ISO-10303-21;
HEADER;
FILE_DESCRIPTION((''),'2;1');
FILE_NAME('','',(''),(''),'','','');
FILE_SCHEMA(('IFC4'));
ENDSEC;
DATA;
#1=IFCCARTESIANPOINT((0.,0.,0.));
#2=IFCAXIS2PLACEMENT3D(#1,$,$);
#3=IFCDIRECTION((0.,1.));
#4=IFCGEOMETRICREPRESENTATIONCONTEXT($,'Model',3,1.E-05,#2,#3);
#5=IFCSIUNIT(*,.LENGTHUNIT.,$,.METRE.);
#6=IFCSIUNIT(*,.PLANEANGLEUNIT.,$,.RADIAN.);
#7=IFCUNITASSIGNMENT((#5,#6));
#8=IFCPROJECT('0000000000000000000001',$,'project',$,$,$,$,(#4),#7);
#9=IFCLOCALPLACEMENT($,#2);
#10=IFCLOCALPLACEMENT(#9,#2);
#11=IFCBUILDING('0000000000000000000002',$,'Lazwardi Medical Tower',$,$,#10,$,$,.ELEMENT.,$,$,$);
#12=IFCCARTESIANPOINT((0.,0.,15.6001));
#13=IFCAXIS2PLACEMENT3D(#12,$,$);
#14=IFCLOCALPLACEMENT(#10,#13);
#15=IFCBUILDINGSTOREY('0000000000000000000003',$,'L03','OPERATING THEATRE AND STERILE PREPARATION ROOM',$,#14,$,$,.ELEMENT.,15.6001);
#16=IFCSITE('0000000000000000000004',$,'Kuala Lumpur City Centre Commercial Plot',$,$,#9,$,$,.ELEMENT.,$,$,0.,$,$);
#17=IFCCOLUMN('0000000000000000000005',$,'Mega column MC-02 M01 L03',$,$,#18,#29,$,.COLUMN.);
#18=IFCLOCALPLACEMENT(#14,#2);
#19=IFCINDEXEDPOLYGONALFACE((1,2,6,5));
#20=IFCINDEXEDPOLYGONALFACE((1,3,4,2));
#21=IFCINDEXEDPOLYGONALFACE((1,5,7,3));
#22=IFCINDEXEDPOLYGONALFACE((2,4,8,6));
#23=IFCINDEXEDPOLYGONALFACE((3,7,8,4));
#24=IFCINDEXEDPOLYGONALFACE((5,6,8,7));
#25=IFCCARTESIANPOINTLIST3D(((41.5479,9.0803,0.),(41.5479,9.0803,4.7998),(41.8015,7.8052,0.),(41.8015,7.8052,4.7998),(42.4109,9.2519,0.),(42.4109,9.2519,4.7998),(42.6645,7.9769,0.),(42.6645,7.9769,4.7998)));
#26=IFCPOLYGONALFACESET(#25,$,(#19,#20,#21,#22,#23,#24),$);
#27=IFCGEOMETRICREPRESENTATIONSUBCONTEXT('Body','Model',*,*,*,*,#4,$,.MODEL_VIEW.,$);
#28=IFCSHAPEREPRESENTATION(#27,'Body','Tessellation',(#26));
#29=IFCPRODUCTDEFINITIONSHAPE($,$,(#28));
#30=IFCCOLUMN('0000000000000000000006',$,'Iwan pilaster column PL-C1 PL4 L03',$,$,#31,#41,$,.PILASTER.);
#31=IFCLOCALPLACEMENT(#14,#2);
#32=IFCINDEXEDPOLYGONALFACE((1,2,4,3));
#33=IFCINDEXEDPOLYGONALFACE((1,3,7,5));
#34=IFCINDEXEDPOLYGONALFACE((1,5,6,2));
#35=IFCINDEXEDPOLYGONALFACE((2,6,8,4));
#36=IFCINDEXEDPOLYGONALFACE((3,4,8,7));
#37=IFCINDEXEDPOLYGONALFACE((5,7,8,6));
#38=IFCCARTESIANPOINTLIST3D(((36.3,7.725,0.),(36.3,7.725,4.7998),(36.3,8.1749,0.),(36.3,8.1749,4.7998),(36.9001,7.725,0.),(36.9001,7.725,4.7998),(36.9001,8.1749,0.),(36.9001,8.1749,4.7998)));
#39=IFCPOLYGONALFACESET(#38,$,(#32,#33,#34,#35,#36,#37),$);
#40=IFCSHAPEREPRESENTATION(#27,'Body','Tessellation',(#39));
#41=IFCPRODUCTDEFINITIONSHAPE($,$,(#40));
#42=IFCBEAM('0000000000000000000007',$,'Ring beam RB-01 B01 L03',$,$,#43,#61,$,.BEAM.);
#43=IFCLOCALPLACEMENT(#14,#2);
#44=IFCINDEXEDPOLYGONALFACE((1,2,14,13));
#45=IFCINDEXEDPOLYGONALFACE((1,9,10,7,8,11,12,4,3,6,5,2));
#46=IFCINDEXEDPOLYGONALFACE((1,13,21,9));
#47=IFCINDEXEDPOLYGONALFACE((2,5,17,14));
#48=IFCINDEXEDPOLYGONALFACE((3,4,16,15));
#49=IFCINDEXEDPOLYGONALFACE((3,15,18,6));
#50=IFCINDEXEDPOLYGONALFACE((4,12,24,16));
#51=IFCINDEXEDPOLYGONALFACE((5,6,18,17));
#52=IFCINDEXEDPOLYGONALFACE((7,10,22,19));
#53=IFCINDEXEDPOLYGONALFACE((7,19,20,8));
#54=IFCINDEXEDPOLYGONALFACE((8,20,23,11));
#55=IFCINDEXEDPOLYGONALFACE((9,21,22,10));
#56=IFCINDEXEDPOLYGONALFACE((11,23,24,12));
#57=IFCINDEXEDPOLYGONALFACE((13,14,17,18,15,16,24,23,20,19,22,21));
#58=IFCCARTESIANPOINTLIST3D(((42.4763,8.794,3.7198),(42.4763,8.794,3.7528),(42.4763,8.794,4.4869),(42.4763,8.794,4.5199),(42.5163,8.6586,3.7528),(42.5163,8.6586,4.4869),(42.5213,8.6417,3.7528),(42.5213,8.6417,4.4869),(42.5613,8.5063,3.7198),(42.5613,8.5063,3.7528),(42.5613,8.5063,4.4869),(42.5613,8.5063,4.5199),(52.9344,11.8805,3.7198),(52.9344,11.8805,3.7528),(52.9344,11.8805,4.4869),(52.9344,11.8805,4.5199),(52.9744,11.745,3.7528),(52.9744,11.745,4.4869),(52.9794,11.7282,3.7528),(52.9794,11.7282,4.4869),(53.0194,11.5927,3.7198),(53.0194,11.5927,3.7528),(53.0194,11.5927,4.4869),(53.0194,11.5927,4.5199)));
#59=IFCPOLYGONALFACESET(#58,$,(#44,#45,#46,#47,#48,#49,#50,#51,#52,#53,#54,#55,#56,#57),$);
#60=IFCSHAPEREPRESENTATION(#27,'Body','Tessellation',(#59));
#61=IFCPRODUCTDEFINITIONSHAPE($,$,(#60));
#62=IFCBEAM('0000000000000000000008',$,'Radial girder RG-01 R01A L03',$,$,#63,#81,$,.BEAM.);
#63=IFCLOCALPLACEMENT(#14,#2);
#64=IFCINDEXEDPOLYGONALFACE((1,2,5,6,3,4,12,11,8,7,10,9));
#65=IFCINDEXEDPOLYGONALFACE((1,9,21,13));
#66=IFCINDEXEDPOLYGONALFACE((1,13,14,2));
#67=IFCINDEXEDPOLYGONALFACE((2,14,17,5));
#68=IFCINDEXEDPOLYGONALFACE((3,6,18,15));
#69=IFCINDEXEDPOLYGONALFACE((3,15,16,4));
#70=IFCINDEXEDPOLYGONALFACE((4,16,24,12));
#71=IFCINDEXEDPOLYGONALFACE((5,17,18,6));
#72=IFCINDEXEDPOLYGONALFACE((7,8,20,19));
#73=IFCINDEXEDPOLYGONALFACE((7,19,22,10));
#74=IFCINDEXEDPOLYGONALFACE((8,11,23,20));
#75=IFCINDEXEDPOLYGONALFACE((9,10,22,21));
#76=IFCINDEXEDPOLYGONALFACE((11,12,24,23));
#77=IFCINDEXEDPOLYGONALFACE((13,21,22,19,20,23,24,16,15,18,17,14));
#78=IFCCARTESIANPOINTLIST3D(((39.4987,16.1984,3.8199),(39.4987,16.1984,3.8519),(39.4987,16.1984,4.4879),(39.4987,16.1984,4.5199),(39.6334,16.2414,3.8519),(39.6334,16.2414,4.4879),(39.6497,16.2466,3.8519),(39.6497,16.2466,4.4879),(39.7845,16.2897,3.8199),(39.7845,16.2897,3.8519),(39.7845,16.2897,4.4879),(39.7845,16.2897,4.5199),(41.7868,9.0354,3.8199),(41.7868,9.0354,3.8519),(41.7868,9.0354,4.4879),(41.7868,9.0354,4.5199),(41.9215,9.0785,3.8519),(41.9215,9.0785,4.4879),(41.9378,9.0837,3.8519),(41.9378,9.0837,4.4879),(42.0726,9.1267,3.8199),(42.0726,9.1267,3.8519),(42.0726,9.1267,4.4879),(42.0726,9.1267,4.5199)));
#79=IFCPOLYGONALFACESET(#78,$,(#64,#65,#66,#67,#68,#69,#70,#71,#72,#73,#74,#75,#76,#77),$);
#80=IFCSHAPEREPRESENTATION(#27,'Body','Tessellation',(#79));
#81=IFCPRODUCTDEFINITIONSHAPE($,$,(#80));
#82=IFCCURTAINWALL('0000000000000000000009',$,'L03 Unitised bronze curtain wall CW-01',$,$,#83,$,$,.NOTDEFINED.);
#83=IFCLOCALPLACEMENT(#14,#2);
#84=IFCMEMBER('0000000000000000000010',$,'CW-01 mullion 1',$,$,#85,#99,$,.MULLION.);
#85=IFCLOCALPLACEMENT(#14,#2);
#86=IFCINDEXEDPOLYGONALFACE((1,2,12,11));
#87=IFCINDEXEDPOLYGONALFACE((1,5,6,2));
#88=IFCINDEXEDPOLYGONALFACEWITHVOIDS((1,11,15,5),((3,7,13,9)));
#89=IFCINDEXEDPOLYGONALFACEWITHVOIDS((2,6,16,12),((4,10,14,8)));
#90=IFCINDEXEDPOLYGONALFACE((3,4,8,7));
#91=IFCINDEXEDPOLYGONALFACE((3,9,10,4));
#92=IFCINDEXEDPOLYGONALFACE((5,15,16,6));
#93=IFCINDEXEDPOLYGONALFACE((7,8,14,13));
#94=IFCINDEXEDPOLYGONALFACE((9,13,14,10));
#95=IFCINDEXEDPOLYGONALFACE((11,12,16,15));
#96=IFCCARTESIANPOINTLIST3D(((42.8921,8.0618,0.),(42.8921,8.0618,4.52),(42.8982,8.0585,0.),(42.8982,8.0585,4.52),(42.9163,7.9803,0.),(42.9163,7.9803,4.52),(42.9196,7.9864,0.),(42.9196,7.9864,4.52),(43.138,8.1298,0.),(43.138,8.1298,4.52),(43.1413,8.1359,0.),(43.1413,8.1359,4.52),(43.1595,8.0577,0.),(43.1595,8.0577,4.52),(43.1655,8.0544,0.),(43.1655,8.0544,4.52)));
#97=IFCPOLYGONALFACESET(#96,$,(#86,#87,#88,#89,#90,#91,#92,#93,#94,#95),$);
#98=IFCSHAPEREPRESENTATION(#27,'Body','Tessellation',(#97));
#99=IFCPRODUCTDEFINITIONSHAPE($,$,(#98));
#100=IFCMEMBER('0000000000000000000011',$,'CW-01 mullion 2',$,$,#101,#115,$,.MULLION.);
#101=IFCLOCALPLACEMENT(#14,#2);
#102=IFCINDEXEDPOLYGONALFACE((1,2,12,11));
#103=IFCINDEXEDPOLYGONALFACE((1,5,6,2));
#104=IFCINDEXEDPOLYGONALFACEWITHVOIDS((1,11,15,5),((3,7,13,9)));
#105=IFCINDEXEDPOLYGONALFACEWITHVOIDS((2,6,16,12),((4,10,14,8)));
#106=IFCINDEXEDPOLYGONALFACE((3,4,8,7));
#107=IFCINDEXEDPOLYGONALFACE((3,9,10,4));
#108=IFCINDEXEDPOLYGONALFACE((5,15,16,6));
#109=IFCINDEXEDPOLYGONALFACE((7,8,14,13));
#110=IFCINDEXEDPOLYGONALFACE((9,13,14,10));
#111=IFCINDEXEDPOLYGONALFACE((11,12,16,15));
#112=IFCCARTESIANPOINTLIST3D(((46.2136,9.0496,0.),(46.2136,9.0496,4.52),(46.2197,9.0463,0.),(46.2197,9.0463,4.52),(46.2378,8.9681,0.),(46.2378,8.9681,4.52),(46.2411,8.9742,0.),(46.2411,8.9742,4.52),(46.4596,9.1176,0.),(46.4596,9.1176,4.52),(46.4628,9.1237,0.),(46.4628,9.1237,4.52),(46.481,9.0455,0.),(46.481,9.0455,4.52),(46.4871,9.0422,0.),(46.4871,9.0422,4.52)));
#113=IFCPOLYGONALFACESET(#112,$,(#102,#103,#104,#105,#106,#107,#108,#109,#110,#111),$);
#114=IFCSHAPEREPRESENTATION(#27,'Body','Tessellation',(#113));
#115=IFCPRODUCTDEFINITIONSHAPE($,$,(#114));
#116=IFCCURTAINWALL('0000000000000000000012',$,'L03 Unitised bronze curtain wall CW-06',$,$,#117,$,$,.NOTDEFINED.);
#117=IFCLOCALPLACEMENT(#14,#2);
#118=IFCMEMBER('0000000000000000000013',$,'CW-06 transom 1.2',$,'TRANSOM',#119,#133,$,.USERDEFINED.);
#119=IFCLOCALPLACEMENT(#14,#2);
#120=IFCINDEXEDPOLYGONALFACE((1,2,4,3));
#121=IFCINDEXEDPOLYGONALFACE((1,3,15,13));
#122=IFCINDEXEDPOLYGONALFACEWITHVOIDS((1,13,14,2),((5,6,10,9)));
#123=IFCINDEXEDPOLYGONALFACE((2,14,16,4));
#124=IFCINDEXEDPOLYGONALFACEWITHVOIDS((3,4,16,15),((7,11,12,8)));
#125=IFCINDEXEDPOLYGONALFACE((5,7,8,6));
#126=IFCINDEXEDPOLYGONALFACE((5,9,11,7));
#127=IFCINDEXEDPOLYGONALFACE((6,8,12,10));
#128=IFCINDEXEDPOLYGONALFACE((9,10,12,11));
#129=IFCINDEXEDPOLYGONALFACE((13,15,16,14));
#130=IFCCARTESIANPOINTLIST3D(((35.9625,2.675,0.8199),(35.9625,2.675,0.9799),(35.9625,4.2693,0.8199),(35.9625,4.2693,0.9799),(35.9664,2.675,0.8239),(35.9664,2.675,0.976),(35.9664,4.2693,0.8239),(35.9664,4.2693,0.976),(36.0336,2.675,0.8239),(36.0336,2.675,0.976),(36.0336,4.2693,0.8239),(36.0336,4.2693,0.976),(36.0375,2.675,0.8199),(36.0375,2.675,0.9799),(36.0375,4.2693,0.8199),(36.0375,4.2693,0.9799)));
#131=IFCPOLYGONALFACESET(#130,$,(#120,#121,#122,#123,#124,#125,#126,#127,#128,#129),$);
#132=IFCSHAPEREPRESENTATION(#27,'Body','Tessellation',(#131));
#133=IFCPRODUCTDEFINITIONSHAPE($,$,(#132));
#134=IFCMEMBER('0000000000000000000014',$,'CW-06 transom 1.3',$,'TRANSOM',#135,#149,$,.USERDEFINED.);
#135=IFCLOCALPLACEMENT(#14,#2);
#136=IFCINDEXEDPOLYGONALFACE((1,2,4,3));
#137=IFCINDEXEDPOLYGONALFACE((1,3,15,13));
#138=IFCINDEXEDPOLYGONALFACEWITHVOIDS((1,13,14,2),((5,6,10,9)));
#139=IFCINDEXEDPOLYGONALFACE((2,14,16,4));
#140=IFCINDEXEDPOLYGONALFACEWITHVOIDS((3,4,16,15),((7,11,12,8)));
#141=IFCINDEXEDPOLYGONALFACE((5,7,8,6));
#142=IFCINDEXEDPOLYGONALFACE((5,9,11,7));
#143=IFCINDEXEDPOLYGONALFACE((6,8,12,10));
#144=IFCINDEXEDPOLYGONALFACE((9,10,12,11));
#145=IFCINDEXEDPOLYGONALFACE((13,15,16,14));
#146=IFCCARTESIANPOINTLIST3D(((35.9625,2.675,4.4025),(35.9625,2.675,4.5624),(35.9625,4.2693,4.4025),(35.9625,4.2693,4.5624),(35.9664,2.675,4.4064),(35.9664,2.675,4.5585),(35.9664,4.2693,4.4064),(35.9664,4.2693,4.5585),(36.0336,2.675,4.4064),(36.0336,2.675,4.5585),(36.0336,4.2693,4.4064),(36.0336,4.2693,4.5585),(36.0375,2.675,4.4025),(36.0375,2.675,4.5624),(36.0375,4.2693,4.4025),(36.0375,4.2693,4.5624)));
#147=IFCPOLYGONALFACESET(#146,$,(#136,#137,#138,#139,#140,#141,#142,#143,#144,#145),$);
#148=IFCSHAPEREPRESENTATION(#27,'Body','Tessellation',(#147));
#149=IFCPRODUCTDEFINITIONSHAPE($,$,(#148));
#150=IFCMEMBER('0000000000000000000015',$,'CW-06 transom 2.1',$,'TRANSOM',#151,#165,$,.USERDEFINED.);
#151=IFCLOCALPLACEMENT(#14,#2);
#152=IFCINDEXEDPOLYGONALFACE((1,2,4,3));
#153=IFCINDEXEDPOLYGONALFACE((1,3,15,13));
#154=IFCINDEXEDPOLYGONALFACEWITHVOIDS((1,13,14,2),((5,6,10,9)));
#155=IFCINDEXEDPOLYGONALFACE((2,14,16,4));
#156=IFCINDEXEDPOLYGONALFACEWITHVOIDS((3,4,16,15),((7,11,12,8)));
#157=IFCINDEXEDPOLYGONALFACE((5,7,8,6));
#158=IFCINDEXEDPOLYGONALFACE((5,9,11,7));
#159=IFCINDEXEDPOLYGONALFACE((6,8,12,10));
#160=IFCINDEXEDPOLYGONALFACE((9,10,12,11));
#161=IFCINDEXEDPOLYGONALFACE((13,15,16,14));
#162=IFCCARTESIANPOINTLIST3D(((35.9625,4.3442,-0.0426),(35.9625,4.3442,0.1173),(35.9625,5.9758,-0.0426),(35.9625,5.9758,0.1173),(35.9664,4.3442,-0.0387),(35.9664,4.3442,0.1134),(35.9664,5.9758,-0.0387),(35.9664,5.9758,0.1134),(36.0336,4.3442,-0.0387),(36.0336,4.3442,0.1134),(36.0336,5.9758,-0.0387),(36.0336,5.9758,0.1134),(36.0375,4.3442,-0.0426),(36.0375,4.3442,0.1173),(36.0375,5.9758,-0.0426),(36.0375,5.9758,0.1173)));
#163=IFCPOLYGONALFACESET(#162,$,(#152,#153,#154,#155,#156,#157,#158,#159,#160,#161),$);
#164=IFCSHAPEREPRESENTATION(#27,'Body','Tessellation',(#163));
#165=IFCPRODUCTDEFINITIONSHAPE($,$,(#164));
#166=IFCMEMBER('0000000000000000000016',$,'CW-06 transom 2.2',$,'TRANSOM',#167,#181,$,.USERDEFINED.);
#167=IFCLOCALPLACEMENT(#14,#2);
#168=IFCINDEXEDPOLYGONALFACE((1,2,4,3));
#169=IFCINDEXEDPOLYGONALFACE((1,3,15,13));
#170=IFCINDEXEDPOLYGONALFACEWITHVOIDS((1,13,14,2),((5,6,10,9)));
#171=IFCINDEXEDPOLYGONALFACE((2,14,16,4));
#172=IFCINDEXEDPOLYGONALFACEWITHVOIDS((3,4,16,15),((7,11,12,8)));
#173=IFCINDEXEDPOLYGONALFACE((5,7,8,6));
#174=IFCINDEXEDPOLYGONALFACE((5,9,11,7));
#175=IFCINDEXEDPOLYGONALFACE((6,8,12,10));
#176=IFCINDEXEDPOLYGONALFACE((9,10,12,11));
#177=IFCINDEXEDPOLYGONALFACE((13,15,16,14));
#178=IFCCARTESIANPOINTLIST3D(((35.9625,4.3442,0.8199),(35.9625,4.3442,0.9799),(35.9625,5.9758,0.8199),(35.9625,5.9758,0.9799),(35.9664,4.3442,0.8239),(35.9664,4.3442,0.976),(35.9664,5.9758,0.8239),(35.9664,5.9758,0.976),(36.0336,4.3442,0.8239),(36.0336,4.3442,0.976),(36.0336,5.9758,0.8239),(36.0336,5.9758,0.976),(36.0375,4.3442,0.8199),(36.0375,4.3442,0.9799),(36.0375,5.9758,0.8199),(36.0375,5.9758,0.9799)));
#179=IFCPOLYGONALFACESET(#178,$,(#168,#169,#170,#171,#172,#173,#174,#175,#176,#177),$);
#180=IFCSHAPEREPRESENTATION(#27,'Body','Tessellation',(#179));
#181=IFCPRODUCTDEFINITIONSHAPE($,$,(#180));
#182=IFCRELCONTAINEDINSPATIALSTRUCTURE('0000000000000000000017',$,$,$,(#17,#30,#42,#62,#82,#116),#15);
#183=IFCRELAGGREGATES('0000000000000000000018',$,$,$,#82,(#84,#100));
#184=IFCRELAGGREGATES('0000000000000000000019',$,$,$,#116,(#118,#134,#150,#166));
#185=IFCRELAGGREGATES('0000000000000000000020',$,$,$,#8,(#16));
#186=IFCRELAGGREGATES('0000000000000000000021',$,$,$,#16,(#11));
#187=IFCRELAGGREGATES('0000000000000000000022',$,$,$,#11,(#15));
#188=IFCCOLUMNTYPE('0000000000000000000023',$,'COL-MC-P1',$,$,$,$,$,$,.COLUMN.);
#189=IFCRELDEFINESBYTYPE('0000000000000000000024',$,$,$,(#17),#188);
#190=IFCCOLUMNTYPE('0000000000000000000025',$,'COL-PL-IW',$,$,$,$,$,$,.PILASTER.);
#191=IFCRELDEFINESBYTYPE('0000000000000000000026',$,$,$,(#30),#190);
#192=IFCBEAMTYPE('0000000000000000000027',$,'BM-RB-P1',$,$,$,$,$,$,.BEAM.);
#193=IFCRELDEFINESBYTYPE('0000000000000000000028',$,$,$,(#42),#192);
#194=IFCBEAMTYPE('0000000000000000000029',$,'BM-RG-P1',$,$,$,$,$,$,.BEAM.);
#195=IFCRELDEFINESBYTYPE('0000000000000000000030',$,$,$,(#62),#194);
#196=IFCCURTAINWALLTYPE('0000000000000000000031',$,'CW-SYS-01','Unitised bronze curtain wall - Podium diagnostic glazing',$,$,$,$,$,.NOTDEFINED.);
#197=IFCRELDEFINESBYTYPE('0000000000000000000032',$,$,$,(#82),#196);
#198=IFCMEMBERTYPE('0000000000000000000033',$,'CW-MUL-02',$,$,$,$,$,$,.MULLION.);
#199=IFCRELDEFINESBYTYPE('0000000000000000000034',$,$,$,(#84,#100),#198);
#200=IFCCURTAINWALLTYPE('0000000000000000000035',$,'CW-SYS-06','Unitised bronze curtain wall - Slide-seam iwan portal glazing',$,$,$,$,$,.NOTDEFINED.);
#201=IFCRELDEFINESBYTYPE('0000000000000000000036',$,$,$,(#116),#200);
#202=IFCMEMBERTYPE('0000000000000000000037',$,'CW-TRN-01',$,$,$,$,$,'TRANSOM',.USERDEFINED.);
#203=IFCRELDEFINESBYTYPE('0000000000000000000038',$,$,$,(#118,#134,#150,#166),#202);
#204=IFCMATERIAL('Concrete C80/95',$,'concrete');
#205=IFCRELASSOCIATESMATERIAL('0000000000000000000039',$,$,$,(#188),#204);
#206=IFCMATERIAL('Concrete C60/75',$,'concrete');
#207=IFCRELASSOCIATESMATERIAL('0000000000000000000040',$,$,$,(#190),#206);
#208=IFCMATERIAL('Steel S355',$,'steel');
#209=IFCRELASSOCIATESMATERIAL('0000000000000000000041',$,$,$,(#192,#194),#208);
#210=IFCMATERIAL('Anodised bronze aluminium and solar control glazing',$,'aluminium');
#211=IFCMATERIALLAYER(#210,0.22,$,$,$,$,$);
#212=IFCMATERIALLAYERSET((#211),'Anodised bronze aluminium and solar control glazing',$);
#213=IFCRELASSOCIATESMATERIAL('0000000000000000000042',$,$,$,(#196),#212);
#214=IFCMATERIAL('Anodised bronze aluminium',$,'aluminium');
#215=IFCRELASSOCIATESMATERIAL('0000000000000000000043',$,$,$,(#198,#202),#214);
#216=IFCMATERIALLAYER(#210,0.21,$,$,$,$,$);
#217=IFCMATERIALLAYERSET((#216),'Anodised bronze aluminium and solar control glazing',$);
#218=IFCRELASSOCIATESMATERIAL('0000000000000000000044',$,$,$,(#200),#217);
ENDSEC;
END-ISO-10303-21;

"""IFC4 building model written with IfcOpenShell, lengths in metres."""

from ifc_helpers import new_model, si_unit, direction, frame, origin, origin_2d, place, context, subcontext, project, spatial, rectangle, hollow_rectangle, i_section, extrude, material, layer, layer_set, material_profile, profile_set, type_object, element, aggregate, save


model = new_model("IFC4")

# Units and contexts
model_context = context("Model", 3, precision=1e-05, world=origin(), true_north=direction((0.0, 1.0)))
body_context = subcontext(model_context, "Body", "Model", "MODEL_VIEW")
ifc_project = project(units=[si_unit("LENGTHUNIT", "METRE"), si_unit("PLANEANGLEUNIT", "RADIAN")], contexts=[model_context])

# Site, building, storey
site_placement = place(None, origin())
site = spatial("IfcSite", under=ifc_project, at=site_placement, Name="Kuala Lumpur City Centre Commercial Plot", CompositionType="ELEMENT", RefElevation=0.0)
building_placement = place(site_placement, origin())
building = spatial("IfcBuilding", under=site, at=building_placement, Name="Lazwardi Medical Tower", CompositionType="ELEMENT")
storey_placement = place(building_placement, frame((0.0, 0.0, 15.6001)))
storey = spatial("IfcBuildingStorey", under=building, at=storey_placement, Name="L03", Description="OPERATING THEATRE AND STERILE PREPARATION ROOM", CompositionType="ELEMENT", Elevation=15.6001)

# Columns
ifc_material_1 = material(Name="Concrete C80/95", Category="concrete")
ifc_material_profile_1 = material_profile(ifc_material_1, rectangle(XDim=1.3, YDim=0.8799, at=origin_2d()), Name="CFT-RECT 1300x880")
ifc_profile_set_1 = profile_set([ifc_material_profile_1], Name="Concrete C80/95")
column_type_1 = type_object("IfcColumnType", Name="COL-MC-P1", PredefinedType="COLUMN", material=ifc_profile_set_1)
column_1_placement = place(storey_placement, frame((42.1062, 8.5286, 0.0), z_axis=(0.0, 0.0, 1.0), x_axis=(0.19509, -0.980785, 0.0)))
element("IfcColumn", 1, at=column_1_placement, inside=storey, type_object=column_type_1, Name="Mega column MC-02 M01 L03", PredefinedType="COLUMN", context=body_context, shape_type="SweptSolid", body=[
    extrude(rectangle(XDim=1.3, YDim=0.8799, at=origin_2d()), origin(), (0.0, 0.0, 1.0), 4.7998),
])
ifc_material_2 = material(Name="Concrete C60/75", Category="concrete")
ifc_material_profile_2 = material_profile(ifc_material_2, rectangle(XDim=0.6001, YDim=0.45, at=origin_2d()), Name="RC 600x450")
ifc_profile_set_2 = profile_set([ifc_material_profile_2], Name="Concrete C60/75")
column_type_2 = type_object("IfcColumnType", Name="COL-PL-IW", PredefinedType="PILASTER", material=ifc_profile_set_2)
column_2_placement = place(storey_placement, frame((36.6001, 7.95, 0.0), z_axis=(0.0, 0.0, 1.0), x_axis=(1.0, 0.0, 0.0)))
element("IfcColumn", 2, at=column_2_placement, inside=storey, type_object=column_type_2, Name="Iwan pilaster column PL-C1 PL4 L03", PredefinedType="PILASTER", context=body_context, shape_type="SweptSolid", body=[
    extrude(rectangle(XDim=0.6001, YDim=0.45, at=origin_2d()), origin(), (0.0, 0.0, 1.0), 4.7998),
])

# Beams
ifc_material_3 = material(Name="Steel S355", Category="steel")
ifc_material_profile_3 = material_profile(ifc_material_3, i_section(OverallWidth=0.3, OverallDepth=0.8, WebThickness=0.0176, FlangeThickness=0.033, at=origin_2d()), Name="HEB 800")
ifc_profile_set_3 = profile_set([ifc_material_profile_3], Name="Steel S355")
beam_type_1 = type_object("IfcBeamType", Name="BM-RB-P1", PredefinedType="BEAM", material=ifc_profile_set_3)
beam_1_placement = place(storey_placement, frame((42.5188, 8.6501, 4.1199), z_axis=(0.959103, 0.283056, 0.0), x_axis=(-0.283056, 0.959103, 0.0)))
element("IfcBeam", 3, at=beam_1_placement, inside=storey, type_object=beam_type_1, Name="Ring beam RB-01 B01 L03", PredefinedType="BEAM", context=body_context, shape_type="SweptSolid", body=[
    extrude(i_section(OverallWidth=0.3, OverallDepth=0.8, WebThickness=0.0176, FlangeThickness=0.033, at=origin_2d()), origin(), (0.0, 0.0, 1.0), 10.9041),
])
ifc_material_profile_4 = material_profile(ifc_material_3, i_section(OverallWidth=0.3, OverallDepth=0.7, WebThickness=0.0171, FlangeThickness=0.032, at=origin_2d()), Name="HEB 700")
ifc_profile_set_4 = profile_set([ifc_material_profile_4], Name="Steel S355")
beam_type_2 = type_object("IfcBeamType", Name="BM-RG-P1", PredefinedType="BEAM", material=ifc_profile_set_4)
beam_2_placement = place(storey_placement, frame((41.9297, 9.0811, 4.1699), z_axis=(-0.30429, 0.952579, 0.0), x_axis=(-0.952579, -0.30429, 0.0)))
element("IfcBeam", 4, at=beam_2_placement, inside=storey, type_object=beam_type_2, Name="Radial girder RG-01 R01A L03", PredefinedType="BEAM", context=body_context, shape_type="SweptSolid", body=[
    extrude(i_section(OverallWidth=0.3, OverallDepth=0.7, WebThickness=0.0171, FlangeThickness=0.032, at=origin_2d()), origin(), (0.0, 0.0, 1.0), 7.5195),
])

# Curtain walls, members
ifc_material_4 = material(Name="Anodised bronze aluminium and solar control glazing", Category="aluminium")
ifc_layer_1 = layer(ifc_material_4, 0.22)
ifc_layer_set_1 = layer_set([ifc_layer_1], Name="Anodised bronze aluminium and solar control glazing")
curtain_wall_type_1 = type_object("IfcCurtainWallType", Name="CW-SYS-01", Description="Unitised bronze curtain wall - Podium diagnostic glazing", PredefinedType="NOTDEFINED", material=ifc_layer_set_1)
curtain_wall_1_placement = place(storey_placement, origin())
curtain_wall_1 = element("IfcCurtainWall", 5, at=curtain_wall_1_placement, inside=storey, type_object=curtain_wall_type_1, Name="L03 Unitised bronze curtain wall CW-01", PredefinedType="NOTDEFINED")
ifc_material_5 = material(Name="Anodised bronze aluminium", Category="aluminium")
ifc_material_profile_5 = material_profile(ifc_material_5, hollow_rectangle(XDim=0.085, YDim=0.26, WallThickness=0.0049, at=origin_2d()), Name="ALU-MULLION 260x85x5")
ifc_profile_set_5 = profile_set([ifc_material_profile_5], Name="Anodised bronze aluminium")
member_type_1 = type_object("IfcMemberType", Name="CW-MUL-02", PredefinedType="MULLION", material=ifc_profile_set_5)
member_1_placement = place(storey_placement, frame((43.0288, 8.0581, 0.0), z_axis=(0.0, 0.0, 1.0), x_axis=(-0.285047, 0.958513, 0.0)))
member_1 = element("IfcMember", 6, at=member_1_placement, type_object=member_type_1, Name="CW-01 mullion 1", PredefinedType="MULLION", context=body_context, shape_type="SweptSolid", body=[
    extrude(hollow_rectangle(XDim=0.085, YDim=0.26, WallThickness=0.0049, at=origin_2d()), origin(), (0.0, 0.0, 1.0), 4.52),
])
member_2_placement = place(storey_placement, frame((46.3503, 9.0459, 0.0), z_axis=(0.0, 0.0, 1.0), x_axis=(-0.285047, 0.958513, 0.0)))
member_2 = element("IfcMember", 7, at=member_2_placement, type_object=member_type_1, Name="CW-01 mullion 2", PredefinedType="MULLION", context=body_context, shape_type="SweptSolid", body=[
    extrude(hollow_rectangle(XDim=0.085, YDim=0.26, WallThickness=0.0049, at=origin_2d()), origin(), (0.0, 0.0, 1.0), 4.52),
])
ifc_layer_2 = layer(ifc_material_4, 0.21)
ifc_layer_set_2 = layer_set([ifc_layer_2], Name="Anodised bronze aluminium and solar control glazing")
curtain_wall_type_2 = type_object("IfcCurtainWallType", Name="CW-SYS-06", Description="Unitised bronze curtain wall - Slide-seam iwan portal glazing", PredefinedType="NOTDEFINED", material=ifc_layer_set_2)
curtain_wall_2_placement = place(storey_placement, origin())
curtain_wall_2 = element("IfcCurtainWall", 8, at=curtain_wall_2_placement, inside=storey, type_object=curtain_wall_type_2, Name="L03 Unitised bronze curtain wall CW-06", PredefinedType="NOTDEFINED")
ifc_material_profile_6 = material_profile(ifc_material_5, hollow_rectangle(XDim=0.075, YDim=0.1599, WallThickness=0.0039, at=origin_2d()), Name="ALU-TRANSOM 160x75x4")
ifc_profile_set_6 = profile_set([ifc_material_profile_6], Name="Anodised bronze aluminium")
member_type_2 = type_object("IfcMemberType", Name="CW-TRN-01", ElementType="TRANSOM", PredefinedType="USERDEFINED", material=ifc_profile_set_6)
member_3_placement = place(storey_placement, frame((36.0, 2.675, 0.8999), z_axis=(0.0, 1.0, 0.0), x_axis=(-1.0, 0.0, 0.0)))
member_3 = element("IfcMember", 9, at=member_3_placement, type_object=member_type_2, Name="CW-06 transom 1.2", ObjectType="TRANSOM", PredefinedType="USERDEFINED", context=body_context, shape_type="SweptSolid", body=[
    extrude(hollow_rectangle(XDim=0.075, YDim=0.1599, WallThickness=0.0039, at=origin_2d()), origin(), (0.0, 0.0, 1.0), 1.5942),
])
member_4_placement = place(storey_placement, frame((36.0, 2.675, 4.4824), z_axis=(0.0, 1.0, 0.0), x_axis=(-1.0, 0.0, 0.0)))
member_4 = element("IfcMember", 10, at=member_4_placement, type_object=member_type_2, Name="CW-06 transom 1.3", ObjectType="TRANSOM", PredefinedType="USERDEFINED", context=body_context, shape_type="SweptSolid", body=[
    extrude(hollow_rectangle(XDim=0.075, YDim=0.1599, WallThickness=0.0039, at=origin_2d()), origin(), (0.0, 0.0, 1.0), 1.5942),
])
member_5_placement = place(storey_placement, frame((36.0, 4.3442, 0.0374), z_axis=(0.0, 1.0, 0.0), x_axis=(-1.0, 0.0, 0.0)))
member_5 = element("IfcMember", 11, at=member_5_placement, type_object=member_type_2, Name="CW-06 transom 2.1", ObjectType="TRANSOM", PredefinedType="USERDEFINED", context=body_context, shape_type="SweptSolid", body=[
    extrude(hollow_rectangle(XDim=0.075, YDim=0.1599, WallThickness=0.0039, at=origin_2d()), origin(), (0.0, 0.0, 1.0), 1.6316),
])
member_6_placement = place(storey_placement, frame((36.0, 4.3442, 0.8999), z_axis=(0.0, 1.0, 0.0), x_axis=(-1.0, 0.0, 0.0)))
member_6 = element("IfcMember", 12, at=member_6_placement, type_object=member_type_2, Name="CW-06 transom 2.2", ObjectType="TRANSOM", PredefinedType="USERDEFINED", context=body_context, shape_type="SweptSolid", body=[
    extrude(hollow_rectangle(XDim=0.075, YDim=0.1599, WallThickness=0.0039, at=origin_2d()), origin(), (0.0, 0.0, 1.0), 1.6316),
])

aggregate(curtain_wall_1, [member_1, member_2])
aggregate(curtain_wall_2, [member_3, member_4, member_5, member_6])

save(model, "model.ifc")
